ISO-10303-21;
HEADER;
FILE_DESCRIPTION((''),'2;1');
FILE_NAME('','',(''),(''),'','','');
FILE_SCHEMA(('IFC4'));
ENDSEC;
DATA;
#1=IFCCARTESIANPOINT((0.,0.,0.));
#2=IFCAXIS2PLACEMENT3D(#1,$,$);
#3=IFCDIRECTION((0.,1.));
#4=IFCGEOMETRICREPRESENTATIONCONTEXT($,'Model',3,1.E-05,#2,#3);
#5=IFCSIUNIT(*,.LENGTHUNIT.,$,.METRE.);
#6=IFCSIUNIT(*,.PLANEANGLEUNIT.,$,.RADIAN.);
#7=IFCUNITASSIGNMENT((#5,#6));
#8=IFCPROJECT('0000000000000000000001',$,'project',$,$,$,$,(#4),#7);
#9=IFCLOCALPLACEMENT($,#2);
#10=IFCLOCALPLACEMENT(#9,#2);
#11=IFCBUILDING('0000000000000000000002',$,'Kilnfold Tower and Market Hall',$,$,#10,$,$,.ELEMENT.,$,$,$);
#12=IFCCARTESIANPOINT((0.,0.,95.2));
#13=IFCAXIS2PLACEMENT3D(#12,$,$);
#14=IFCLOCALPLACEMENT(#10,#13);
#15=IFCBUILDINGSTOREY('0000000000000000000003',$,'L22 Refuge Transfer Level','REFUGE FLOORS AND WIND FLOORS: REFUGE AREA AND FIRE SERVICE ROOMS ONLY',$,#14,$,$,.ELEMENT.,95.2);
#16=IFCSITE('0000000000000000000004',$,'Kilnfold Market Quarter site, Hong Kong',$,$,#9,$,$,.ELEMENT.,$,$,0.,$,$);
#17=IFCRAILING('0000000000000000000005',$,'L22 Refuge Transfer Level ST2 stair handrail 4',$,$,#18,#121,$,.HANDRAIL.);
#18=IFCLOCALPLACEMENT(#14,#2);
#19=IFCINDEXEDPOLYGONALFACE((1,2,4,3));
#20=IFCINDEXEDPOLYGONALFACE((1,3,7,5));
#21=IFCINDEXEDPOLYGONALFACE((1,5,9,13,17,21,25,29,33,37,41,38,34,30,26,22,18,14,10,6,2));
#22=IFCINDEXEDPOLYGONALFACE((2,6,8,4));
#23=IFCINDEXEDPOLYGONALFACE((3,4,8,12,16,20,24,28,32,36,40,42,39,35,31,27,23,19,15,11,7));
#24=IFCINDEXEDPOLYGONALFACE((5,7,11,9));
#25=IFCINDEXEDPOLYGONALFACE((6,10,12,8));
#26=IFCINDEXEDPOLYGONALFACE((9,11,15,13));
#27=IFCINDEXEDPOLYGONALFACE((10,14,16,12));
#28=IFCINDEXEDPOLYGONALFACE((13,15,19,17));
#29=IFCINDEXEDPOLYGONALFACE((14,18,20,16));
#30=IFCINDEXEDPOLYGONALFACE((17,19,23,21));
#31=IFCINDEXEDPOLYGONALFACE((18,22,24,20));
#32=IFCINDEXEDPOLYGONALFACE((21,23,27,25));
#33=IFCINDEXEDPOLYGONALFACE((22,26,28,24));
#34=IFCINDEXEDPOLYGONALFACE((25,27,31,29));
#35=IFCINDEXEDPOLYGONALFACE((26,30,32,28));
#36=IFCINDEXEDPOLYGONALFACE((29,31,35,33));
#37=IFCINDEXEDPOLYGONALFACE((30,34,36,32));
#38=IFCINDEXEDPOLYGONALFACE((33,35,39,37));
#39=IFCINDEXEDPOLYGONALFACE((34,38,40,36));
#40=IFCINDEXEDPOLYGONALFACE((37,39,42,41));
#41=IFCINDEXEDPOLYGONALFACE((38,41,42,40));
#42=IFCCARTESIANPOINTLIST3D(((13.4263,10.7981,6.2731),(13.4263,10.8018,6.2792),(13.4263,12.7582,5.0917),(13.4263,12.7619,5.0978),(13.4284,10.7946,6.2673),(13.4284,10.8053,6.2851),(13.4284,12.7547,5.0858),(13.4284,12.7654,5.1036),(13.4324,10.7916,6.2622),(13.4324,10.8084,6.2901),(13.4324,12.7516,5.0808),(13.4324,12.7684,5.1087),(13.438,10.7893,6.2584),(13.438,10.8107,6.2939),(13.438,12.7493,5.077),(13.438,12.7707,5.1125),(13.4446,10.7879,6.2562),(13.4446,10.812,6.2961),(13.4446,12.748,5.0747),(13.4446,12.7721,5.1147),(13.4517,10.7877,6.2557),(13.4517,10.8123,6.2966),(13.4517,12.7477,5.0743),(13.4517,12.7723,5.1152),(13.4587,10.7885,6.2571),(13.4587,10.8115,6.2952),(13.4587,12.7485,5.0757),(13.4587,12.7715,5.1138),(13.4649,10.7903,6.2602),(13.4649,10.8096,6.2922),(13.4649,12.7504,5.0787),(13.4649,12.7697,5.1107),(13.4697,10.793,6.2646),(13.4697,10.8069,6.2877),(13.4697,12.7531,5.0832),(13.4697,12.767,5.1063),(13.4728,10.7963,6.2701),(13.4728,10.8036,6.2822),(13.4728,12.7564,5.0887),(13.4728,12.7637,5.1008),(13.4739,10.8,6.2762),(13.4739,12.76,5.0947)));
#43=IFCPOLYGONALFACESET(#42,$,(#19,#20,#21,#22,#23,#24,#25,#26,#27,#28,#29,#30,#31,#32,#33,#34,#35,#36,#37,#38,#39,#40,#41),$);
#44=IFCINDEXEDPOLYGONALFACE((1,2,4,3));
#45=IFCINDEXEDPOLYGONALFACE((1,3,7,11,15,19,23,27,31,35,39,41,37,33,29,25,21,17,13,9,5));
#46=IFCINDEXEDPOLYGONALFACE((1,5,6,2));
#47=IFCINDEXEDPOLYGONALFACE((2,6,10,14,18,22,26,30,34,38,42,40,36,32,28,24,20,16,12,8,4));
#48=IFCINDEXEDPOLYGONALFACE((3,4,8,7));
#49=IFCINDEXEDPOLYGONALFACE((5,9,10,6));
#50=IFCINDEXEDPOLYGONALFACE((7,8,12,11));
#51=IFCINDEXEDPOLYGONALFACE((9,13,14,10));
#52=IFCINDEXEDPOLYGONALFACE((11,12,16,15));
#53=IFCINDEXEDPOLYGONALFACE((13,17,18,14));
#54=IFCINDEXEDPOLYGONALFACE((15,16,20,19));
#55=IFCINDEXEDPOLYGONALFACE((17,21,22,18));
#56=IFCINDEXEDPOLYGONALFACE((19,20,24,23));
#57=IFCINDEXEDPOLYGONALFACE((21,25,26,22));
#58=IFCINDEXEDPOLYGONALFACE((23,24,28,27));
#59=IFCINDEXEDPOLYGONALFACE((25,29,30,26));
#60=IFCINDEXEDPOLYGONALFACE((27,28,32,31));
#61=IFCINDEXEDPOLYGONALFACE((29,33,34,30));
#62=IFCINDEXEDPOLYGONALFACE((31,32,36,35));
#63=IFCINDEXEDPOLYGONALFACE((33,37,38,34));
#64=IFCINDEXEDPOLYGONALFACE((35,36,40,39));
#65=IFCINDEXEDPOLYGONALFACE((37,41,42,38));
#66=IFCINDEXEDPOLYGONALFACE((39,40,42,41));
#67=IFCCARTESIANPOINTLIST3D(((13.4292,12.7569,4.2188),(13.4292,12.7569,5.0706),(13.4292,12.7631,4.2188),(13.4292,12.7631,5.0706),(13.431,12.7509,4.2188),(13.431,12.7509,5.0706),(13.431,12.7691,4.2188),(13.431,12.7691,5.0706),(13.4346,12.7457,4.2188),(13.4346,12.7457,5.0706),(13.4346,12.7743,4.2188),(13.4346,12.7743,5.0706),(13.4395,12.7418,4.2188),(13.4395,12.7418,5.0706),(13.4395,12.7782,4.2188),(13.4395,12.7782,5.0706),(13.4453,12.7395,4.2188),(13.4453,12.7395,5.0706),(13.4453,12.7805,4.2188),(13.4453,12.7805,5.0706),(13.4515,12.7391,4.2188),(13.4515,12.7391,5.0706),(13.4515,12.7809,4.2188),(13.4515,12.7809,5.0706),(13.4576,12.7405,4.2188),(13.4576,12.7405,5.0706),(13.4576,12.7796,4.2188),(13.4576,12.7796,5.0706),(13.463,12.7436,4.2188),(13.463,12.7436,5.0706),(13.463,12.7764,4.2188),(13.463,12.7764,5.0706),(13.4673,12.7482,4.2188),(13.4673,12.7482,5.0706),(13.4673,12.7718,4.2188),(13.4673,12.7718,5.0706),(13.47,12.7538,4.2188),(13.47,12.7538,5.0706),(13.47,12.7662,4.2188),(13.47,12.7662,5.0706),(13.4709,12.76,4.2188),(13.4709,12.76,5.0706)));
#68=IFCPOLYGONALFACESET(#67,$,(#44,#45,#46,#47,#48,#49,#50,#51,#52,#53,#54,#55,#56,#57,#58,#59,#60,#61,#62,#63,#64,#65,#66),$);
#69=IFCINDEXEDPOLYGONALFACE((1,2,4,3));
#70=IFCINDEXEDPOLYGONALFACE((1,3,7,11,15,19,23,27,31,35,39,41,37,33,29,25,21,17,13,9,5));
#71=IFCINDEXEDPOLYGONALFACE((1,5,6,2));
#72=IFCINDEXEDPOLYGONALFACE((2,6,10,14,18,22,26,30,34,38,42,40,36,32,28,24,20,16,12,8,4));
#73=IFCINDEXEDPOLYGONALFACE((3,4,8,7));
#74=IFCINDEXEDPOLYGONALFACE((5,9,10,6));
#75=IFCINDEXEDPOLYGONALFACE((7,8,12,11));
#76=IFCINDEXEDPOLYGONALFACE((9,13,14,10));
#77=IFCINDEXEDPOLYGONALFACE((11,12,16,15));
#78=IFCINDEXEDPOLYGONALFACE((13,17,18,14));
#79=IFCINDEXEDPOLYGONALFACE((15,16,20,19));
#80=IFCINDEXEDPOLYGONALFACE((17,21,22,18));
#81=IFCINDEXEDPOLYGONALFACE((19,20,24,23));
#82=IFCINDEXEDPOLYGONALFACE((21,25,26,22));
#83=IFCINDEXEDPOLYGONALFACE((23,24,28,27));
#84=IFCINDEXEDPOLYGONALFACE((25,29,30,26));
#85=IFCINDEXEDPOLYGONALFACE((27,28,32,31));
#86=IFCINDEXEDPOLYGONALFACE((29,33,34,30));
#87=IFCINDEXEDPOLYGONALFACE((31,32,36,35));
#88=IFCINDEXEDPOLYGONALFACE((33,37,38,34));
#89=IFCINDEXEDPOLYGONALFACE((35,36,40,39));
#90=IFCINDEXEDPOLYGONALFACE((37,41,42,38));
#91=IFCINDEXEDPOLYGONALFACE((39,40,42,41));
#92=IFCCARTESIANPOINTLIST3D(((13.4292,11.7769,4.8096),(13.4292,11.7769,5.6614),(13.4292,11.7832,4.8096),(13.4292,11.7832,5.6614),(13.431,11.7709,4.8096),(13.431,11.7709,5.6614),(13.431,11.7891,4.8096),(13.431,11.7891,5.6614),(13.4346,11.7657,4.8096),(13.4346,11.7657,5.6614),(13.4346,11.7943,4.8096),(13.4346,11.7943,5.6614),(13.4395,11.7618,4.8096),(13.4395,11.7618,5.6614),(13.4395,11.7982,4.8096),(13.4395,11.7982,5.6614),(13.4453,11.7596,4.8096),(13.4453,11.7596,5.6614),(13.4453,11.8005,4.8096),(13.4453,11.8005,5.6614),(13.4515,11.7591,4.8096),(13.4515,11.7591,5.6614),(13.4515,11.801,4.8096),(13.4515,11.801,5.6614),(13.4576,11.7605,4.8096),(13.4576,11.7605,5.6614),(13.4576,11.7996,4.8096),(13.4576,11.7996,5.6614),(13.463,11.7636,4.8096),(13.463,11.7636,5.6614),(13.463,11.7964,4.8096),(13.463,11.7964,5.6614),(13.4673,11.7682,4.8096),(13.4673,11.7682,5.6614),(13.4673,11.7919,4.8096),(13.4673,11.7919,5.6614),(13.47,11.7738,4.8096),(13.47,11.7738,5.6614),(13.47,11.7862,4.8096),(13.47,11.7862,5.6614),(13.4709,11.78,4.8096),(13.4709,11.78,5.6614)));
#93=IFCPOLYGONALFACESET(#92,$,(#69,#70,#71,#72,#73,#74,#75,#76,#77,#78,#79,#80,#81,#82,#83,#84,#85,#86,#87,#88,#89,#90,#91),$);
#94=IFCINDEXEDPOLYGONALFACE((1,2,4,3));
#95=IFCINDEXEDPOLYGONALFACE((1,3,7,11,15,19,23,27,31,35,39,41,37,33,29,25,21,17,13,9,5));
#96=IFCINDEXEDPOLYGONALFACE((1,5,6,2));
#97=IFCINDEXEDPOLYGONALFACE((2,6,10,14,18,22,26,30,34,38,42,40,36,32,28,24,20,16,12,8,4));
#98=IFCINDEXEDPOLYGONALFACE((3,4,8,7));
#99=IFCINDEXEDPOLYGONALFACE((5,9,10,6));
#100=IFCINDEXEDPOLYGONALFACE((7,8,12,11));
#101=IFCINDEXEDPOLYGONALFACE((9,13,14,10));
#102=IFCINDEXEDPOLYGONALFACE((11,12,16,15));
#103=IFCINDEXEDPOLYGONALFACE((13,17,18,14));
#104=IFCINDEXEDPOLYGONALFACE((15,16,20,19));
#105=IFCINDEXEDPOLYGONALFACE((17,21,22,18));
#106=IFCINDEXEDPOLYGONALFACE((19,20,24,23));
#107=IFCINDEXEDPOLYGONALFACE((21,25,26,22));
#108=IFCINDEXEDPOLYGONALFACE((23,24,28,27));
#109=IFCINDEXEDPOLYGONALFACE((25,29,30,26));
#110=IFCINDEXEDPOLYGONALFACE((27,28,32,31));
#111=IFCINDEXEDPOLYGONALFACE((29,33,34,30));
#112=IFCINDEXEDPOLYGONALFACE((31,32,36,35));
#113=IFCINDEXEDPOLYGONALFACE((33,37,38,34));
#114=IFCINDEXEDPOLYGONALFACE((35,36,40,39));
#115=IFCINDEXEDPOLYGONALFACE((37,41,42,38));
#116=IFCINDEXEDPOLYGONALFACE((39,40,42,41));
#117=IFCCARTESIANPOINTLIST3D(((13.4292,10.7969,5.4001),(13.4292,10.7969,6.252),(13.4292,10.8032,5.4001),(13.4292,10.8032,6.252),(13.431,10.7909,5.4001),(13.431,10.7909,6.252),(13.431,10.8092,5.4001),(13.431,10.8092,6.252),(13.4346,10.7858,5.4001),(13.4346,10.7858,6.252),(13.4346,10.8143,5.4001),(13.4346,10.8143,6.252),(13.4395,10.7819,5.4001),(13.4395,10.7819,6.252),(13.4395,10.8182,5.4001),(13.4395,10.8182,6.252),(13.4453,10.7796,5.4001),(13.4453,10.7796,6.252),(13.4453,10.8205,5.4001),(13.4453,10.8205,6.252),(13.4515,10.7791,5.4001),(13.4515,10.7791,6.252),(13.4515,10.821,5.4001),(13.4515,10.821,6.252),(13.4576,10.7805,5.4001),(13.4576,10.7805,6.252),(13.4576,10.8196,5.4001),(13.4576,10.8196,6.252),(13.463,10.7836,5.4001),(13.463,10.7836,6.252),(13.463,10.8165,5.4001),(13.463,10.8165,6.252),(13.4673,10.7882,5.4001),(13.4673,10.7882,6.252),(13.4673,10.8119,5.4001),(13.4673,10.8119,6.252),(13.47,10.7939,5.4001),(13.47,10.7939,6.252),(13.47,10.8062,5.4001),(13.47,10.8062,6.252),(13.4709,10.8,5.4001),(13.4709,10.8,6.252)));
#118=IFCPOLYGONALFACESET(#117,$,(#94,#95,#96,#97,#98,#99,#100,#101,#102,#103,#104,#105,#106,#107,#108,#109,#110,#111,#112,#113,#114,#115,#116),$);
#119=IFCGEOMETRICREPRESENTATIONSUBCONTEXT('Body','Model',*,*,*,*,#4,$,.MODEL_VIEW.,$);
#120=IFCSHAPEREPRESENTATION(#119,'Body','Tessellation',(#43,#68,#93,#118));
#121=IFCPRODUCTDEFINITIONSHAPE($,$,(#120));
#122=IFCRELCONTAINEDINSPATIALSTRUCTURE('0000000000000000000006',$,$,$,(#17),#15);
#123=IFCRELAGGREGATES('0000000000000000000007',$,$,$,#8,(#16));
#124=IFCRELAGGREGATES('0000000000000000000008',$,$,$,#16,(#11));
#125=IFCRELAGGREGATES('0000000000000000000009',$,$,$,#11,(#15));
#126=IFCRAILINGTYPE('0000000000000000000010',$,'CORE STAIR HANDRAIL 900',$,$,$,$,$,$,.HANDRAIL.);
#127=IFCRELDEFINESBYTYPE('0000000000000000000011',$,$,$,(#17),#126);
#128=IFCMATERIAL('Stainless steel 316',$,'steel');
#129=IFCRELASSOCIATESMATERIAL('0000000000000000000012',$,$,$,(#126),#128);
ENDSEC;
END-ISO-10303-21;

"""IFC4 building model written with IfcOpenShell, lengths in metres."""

from ifc_helpers import new_model, si_unit, direction, frame, origin, origin_2d, place, context, subcontext, project, spatial, circle, extrude, material, type_object, element, save


model = new_model("IFC4")

# Units and contexts
model_context = context("Model", 3, precision=1e-05, world=origin(), true_north=direction((0.0, 1.0)))
body_context = subcontext(model_context, "Body", "Model", "MODEL_VIEW")
ifc_project = project(units=[si_unit("LENGTHUNIT", "METRE"), si_unit("PLANEANGLEUNIT", "RADIAN")], contexts=[model_context])

# Site, building, storey
site_placement = place(None, origin())
site = spatial("IfcSite", under=ifc_project, at=site_placement, Name="Kilnfold Market Quarter site, Hong Kong", CompositionType="ELEMENT", RefElevation=0.0)
building_placement = place(site_placement, origin())
building = spatial("IfcBuilding", under=site, at=building_placement, Name="Kilnfold Tower and Market Hall", CompositionType="ELEMENT")
storey_placement = place(building_placement, frame((0.0, 0.0, 95.2)))
storey = spatial("IfcBuildingStorey", under=building, at=storey_placement, Name="L22 Refuge Transfer Level", Description="REFUGE FLOORS AND WIND FLOORS: REFUGE AREA AND FIRE SERVICE ROOMS ONLY", CompositionType="ELEMENT", Elevation=95.2)

# Railing
ifc_material_1 = material(Name="Stainless steel 316", Category="steel")
railing_type = type_object("IfcRailingType", Name="CORE STAIR HANDRAIL 900", PredefinedType="HANDRAIL", material=ifc_material_1)
railing_1_placement = place(storey_placement, frame((13.45, 12.76, 4.2188)))
element("IfcRailing", 1, at=railing_1_placement, inside=storey, type_object=railing_type, Name="L22 Refuge Transfer Level ST2 stair handrail 4", PredefinedType="HANDRAIL", context=body_context, shape_type="SweptSolid", body=[
    extrude(circle(Radius=0.0239, at=origin_2d()), frame((0.0, 0.0, 0.876), z_axis=(0.0, -0.856446, 0.516236), x_axis=(1.0, 0.0, 0.0)), (0.0, 0.0, 1.0), 2.2886),
    extrude(circle(Radius=0.021, at=origin_2d()), origin(), (0.0, 0.0, 1.0), 0.8518),
    extrude(circle(Radius=0.021, at=origin_2d()), frame((0.0, -0.98, 0.5908)), (0.0, 0.0, 1.0), 0.8518),
    extrude(circle(Radius=0.021, at=origin_2d()), frame((0.0, -1.96, 1.1814)), (0.0, 0.0, 1.0), 0.8518),
])

save(model, "model.ifc")
